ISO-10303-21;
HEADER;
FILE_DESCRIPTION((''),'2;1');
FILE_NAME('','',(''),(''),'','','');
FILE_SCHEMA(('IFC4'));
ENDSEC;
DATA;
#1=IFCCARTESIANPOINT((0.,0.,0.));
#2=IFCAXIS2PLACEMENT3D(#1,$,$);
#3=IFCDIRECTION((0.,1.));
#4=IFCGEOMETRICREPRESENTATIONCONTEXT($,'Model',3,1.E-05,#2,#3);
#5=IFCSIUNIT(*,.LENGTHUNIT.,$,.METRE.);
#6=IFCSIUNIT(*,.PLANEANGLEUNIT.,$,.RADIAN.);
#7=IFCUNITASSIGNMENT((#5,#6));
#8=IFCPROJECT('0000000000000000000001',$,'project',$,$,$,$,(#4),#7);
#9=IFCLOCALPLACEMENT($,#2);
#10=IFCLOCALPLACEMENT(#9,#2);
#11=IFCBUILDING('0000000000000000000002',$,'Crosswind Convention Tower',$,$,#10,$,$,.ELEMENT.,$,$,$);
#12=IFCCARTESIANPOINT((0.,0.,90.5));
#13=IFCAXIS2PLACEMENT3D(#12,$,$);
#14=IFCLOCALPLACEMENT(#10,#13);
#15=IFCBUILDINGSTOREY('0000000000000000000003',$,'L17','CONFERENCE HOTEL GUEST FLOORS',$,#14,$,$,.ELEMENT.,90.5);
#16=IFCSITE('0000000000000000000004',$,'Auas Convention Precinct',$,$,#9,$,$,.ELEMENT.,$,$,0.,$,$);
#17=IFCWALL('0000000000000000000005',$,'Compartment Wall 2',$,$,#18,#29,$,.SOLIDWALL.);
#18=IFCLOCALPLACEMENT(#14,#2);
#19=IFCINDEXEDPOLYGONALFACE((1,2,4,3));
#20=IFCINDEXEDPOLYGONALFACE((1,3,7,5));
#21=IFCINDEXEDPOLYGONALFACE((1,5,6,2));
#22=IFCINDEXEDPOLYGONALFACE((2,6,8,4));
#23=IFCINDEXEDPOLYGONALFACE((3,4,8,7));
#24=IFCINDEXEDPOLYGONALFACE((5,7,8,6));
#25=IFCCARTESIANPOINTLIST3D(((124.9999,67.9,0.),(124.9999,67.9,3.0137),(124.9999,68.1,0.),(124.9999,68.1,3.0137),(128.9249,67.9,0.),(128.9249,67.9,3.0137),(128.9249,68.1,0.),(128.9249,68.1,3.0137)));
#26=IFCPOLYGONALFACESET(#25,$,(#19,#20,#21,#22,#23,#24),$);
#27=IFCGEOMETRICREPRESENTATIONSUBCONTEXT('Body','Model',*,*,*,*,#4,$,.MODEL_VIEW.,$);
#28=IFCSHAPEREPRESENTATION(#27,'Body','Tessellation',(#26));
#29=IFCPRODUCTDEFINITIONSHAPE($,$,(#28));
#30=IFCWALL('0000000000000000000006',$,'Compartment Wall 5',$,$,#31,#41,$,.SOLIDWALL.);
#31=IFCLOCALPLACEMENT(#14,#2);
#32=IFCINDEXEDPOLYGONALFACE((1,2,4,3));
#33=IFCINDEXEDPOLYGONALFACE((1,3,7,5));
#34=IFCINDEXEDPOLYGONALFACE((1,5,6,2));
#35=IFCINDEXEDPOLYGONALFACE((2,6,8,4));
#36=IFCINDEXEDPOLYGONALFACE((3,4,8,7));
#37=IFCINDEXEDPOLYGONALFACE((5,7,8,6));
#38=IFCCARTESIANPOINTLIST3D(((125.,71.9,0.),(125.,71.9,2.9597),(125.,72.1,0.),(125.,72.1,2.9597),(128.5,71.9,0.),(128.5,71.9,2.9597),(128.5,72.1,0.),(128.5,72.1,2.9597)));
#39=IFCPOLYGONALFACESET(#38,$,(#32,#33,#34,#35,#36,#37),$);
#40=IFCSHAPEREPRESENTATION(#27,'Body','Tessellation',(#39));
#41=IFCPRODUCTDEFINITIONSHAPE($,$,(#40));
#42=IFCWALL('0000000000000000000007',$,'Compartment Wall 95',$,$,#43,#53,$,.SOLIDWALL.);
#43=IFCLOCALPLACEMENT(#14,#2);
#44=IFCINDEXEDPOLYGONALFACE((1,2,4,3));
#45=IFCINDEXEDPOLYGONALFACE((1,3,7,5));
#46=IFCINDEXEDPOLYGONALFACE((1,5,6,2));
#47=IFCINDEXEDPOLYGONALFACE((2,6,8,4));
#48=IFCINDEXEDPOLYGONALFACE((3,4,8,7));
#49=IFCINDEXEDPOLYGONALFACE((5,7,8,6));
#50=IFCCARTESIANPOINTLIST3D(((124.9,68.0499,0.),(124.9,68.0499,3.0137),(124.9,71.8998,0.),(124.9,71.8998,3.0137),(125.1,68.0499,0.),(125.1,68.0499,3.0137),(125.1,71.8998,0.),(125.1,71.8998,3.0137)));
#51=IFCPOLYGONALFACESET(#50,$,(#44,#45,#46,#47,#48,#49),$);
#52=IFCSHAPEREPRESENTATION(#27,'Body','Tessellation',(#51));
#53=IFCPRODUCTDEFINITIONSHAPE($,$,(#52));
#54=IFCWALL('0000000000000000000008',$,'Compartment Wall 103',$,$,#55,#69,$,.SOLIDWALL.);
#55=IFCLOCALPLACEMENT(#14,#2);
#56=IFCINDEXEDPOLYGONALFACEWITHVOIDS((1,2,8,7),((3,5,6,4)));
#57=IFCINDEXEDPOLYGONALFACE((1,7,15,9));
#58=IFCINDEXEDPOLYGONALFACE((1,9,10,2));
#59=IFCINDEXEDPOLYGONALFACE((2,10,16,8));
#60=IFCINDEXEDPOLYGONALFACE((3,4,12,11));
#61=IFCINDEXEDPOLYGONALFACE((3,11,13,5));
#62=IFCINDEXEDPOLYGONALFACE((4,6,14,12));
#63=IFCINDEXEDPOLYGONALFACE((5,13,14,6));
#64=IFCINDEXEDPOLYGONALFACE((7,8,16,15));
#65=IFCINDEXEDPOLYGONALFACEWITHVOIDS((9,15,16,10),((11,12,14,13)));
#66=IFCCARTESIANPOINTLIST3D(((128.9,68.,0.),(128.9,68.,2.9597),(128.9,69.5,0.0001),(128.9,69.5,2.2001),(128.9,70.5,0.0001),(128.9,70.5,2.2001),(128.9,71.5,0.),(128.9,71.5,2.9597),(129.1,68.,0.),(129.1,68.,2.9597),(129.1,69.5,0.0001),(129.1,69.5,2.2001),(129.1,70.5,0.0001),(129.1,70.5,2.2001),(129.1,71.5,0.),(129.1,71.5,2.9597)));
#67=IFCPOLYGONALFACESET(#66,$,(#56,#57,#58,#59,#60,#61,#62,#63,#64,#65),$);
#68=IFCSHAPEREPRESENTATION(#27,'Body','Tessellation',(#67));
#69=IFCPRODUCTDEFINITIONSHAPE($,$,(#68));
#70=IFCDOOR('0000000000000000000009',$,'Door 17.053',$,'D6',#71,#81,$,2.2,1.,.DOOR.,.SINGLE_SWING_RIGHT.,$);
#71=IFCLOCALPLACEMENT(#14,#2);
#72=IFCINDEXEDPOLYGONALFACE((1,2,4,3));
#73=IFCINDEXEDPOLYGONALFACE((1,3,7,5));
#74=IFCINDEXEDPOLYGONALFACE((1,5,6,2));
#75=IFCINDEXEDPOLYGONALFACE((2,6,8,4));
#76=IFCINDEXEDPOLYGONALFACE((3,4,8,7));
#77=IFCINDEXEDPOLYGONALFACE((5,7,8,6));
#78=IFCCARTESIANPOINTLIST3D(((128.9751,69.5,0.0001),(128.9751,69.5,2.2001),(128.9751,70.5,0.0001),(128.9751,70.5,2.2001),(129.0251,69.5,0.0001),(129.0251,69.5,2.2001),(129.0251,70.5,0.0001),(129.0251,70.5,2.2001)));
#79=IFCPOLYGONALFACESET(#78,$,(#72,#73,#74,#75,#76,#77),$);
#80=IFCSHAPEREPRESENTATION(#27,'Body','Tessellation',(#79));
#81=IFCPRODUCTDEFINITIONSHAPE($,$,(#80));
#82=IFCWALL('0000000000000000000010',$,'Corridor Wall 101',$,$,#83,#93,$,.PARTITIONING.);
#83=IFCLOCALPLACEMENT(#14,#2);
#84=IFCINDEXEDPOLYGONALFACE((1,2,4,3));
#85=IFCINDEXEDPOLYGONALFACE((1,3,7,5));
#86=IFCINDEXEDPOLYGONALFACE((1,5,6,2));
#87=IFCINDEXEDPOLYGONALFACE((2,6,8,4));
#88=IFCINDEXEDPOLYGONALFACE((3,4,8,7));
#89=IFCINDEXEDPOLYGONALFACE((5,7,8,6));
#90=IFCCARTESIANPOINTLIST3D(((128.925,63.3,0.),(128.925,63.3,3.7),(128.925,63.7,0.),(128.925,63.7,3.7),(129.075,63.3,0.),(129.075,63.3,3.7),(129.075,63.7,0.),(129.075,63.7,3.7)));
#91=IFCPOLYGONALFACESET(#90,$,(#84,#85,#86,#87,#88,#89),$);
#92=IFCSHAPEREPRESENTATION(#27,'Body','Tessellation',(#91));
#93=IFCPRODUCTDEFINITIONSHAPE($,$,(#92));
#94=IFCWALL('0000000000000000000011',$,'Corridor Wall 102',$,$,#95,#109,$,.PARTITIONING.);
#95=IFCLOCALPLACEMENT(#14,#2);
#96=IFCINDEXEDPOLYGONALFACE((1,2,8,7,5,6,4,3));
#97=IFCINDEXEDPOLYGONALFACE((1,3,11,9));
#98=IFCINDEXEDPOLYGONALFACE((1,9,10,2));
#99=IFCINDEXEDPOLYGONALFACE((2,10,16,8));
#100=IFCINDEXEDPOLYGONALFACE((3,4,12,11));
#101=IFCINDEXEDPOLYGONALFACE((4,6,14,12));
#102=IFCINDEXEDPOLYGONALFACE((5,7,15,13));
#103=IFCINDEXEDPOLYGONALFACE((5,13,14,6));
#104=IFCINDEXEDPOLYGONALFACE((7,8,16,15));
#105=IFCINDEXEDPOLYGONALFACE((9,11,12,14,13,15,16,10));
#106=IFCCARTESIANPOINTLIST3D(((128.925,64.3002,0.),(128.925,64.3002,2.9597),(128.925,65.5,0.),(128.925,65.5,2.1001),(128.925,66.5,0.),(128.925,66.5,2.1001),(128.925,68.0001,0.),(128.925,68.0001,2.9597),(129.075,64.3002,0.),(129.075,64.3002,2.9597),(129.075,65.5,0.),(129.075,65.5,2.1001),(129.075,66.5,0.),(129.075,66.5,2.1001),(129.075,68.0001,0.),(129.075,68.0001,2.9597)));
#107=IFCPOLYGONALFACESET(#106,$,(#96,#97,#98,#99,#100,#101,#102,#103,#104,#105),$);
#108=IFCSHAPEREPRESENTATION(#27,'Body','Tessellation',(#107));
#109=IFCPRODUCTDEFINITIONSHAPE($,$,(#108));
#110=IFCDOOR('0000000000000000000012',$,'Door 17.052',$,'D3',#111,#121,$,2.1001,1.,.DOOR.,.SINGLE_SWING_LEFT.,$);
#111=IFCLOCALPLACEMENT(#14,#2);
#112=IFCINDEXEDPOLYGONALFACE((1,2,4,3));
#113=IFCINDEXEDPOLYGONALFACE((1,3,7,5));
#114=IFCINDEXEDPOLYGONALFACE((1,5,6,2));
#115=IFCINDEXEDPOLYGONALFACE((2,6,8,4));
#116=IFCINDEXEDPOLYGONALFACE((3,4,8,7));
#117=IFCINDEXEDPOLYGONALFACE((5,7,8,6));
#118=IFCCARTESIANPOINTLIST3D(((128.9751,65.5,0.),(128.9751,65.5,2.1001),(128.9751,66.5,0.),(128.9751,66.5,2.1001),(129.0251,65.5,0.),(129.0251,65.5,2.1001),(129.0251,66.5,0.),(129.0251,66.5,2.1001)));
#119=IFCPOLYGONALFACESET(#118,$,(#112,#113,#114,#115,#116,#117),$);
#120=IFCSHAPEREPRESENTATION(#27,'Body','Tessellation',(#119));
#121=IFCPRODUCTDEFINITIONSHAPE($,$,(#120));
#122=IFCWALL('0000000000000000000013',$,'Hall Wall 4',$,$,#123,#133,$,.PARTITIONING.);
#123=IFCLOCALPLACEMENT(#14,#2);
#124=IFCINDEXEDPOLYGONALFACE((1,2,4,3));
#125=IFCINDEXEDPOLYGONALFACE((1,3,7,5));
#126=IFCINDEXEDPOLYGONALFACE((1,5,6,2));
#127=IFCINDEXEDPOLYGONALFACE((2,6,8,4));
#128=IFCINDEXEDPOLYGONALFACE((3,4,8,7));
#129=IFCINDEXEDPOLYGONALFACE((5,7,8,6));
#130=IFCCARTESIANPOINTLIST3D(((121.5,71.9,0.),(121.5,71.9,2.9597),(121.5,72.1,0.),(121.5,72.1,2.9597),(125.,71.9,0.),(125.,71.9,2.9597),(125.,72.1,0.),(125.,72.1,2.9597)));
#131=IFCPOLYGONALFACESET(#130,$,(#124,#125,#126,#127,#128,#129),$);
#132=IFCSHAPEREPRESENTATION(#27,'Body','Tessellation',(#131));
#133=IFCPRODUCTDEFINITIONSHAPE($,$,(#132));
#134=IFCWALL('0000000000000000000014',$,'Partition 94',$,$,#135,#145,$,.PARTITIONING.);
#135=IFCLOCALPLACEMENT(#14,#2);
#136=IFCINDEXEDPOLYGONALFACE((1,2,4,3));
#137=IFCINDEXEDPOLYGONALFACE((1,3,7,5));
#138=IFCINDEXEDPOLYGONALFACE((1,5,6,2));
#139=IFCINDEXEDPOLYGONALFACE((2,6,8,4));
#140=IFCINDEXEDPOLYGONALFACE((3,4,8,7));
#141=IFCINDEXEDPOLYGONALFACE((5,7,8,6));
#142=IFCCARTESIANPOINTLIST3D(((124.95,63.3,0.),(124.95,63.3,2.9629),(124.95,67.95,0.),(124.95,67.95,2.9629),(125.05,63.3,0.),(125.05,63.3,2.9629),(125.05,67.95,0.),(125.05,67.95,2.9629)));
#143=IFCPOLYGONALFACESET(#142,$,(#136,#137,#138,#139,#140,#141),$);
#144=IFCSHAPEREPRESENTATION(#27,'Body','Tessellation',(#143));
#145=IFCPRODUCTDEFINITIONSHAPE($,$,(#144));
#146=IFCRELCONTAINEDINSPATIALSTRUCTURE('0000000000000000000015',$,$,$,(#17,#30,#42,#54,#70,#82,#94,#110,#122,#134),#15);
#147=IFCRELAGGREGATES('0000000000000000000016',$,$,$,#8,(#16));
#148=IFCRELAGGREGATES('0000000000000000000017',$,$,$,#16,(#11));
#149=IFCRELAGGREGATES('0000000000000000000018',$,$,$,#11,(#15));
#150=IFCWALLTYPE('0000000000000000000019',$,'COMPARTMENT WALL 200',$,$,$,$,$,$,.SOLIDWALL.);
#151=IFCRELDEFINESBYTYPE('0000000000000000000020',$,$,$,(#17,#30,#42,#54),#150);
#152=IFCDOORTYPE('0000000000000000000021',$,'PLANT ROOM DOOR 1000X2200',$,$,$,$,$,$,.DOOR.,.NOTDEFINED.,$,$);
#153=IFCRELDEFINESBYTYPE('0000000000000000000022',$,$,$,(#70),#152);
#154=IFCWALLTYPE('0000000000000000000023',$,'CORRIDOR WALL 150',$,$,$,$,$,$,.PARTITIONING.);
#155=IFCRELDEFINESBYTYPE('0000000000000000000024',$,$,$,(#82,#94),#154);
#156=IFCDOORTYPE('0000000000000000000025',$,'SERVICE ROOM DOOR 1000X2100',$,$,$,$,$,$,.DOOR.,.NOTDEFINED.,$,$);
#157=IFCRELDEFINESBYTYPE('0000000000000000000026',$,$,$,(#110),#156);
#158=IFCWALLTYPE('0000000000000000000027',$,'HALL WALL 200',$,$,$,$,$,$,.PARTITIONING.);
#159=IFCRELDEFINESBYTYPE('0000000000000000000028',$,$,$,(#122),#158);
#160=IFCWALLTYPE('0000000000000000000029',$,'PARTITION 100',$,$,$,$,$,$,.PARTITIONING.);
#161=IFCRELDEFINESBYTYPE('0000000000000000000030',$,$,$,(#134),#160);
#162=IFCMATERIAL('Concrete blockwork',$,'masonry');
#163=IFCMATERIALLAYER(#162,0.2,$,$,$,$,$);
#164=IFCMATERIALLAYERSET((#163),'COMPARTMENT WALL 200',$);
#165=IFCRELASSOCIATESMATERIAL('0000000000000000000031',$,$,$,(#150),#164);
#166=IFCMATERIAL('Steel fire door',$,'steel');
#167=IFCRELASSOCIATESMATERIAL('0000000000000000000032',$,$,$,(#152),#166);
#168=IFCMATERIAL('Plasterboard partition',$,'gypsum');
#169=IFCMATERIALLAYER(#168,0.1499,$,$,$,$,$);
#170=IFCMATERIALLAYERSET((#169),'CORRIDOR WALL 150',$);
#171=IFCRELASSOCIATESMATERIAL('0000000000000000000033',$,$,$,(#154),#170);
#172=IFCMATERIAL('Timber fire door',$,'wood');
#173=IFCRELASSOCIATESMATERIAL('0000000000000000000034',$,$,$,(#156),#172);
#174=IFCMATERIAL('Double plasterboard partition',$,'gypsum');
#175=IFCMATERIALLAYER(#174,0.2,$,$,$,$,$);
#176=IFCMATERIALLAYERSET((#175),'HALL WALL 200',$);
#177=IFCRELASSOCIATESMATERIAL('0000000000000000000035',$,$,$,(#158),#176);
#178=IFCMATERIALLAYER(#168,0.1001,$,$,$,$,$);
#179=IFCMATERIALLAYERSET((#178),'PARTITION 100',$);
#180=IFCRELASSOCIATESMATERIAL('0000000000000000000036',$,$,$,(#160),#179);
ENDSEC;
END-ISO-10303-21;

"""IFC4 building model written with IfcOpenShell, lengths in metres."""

from ifc_helpers import new_model, si_unit, direction, frame, frame_2d, origin, place, context, subcontext, project, spatial, rectangle, extrude, material, layer, layer_set, type_object, element, fill, save


model = new_model("IFC4")

# Units and contexts
model_context = context("Model", 3, precision=1e-05, world=origin(), true_north=direction((0.0, 1.0)))
body_context = subcontext(model_context, "Body", "Model", "MODEL_VIEW")
ifc_project = project(units=[si_unit("LENGTHUNIT", "METRE"), si_unit("PLANEANGLEUNIT", "RADIAN")], contexts=[model_context])

# Site, building, storey
site_placement = place(None, origin())
site = spatial("IfcSite", under=ifc_project, at=site_placement, Name="Auas Convention Precinct", CompositionType="ELEMENT", RefElevation=0.0)
building_placement = place(site_placement, origin())
building = spatial("IfcBuilding", under=site, at=building_placement, Name="Crosswind Convention Tower", CompositionType="ELEMENT")
storey_placement = place(building_placement, frame((0.0, 0.0, 90.5)))
storey = spatial("IfcBuildingStorey", under=building, at=storey_placement, Name="L17", Description="CONFERENCE HOTEL GUEST FLOORS", CompositionType="ELEMENT", Elevation=90.5)

# Walls
ifc_material_1 = material(Name="Concrete blockwork", Category="masonry")
ifc_layer_1 = layer(ifc_material_1, 0.2)
ifc_layer_set_1 = layer_set([ifc_layer_1], Name="COMPARTMENT WALL 200")
wall_type_1 = type_object("IfcWallType", Name="COMPARTMENT WALL 200", PredefinedType="SOLIDWALL", material=ifc_layer_set_1)
wall_1_placement = place(storey_placement, frame((125.0, 68.0, 0.0), z_axis=(0.0, 0.0, 1.0), x_axis=(1.0, 0.0, 0.0)))
element("IfcWall", 1, at=wall_1_placement, inside=storey, type_object=wall_type_1, Name="Compartment Wall 2", PredefinedType="SOLIDWALL", context=body_context, shape_type="SweptSolid", body=[
    extrude(rectangle(XDim=3.925, YDim=0.2, at=frame_2d((1.9624, 0.0))), origin(), (0.0, 0.0, 1.0), 3.0137),
])
wall_2_placement = place(storey_placement, frame((125.0, 72.0, 0.0), z_axis=(0.0, 0.0, 1.0), x_axis=(1.0, 0.0, 0.0)))
element("IfcWall", 2, at=wall_2_placement, inside=storey, type_object=wall_type_1, Name="Compartment Wall 5", PredefinedType="SOLIDWALL", context=body_context, shape_type="SweptSolid", body=[
    extrude(rectangle(XDim=3.5, YDim=0.2, at=frame_2d((1.75, 0.0))), origin(), (0.0, 0.0, 1.0), 2.9597),
])
wall_3_placement = place(storey_placement, frame((125.0, 68.05, 0.0), z_axis=(0.0, 0.0, 1.0), x_axis=(0.0, 1.0, 0.0)))
element("IfcWall", 3, at=wall_3_placement, inside=storey, type_object=wall_type_1, Name="Compartment Wall 95", PredefinedType="SOLIDWALL", context=body_context, shape_type="SweptSolid", body=[
    extrude(rectangle(XDim=3.8499, YDim=0.2, at=frame_2d((1.9248, 0.0))), origin(), (0.0, 0.0, 1.0), 3.0137),
])

# Wall, opening, door
wall_4_placement = place(storey_placement, frame((129.0, 68.0, 0.0), z_axis=(0.0, 0.0, 1.0), x_axis=(0.0, 1.0, 0.0)))
wall_4 = element("IfcWall", 4, at=wall_4_placement, inside=storey, type_object=wall_type_1, Name="Compartment Wall 103", PredefinedType="SOLIDWALL", context=body_context, shape_type="SweptSolid", body=[
    extrude(rectangle(XDim=3.5, YDim=0.2, at=frame_2d((1.75, 0.0))), origin(), (0.0, 0.0, 1.0), 2.9597),
])
opening_1_placement = place(wall_4_placement, frame((1.5, 0.0, 0.0)))
opening_1 = element("IfcOpeningElement", 5, at=opening_1_placement, cuts=wall_4, PredefinedType="OPENING", context=body_context, shape_type="SweptSolid", body=[
    extrude(rectangle(XDim=1.0, YDim=2.2, at=frame_2d((0.5, 1.1001))), frame((0.0, 0.1099, 0.0), z_axis=(0.0, -1.0, 0.0), x_axis=(1.0, 0.0, 0.0)), (0.0, 0.0, 1.0), 0.22),
])
ifc_material_2 = material(Name="Steel fire door", Category="steel")
door_type_1 = type_object("IfcDoorType", Name="PLANT ROOM DOOR 1000X2200", OperationType="NOTDEFINED", PredefinedType="DOOR", material=ifc_material_2)
door_1_placement = place(opening_1_placement, origin())
door_1 = element("IfcDoor", 6, at=door_1_placement, inside=storey, type_object=door_type_1, Name="Door 17.053", ObjectType="D6", OperationType="SINGLE_SWING_RIGHT", OverallHeight=2.2, OverallWidth=1.0, PredefinedType="DOOR", context=body_context, shape_type="SweptSolid", body=[
    extrude(rectangle(XDim=1.0, YDim=2.2, at=frame_2d((0.5, 1.1001))), frame((0.0, 0.0249, 0.0), z_axis=(0.0, -1.0, 0.0), x_axis=(1.0, 0.0, 0.0)), (0.0, 0.0, 1.0), 0.05),
])
fill(opening_1, door_1)

# Wall
ifc_material_3 = material(Name="Plasterboard partition", Category="gypsum")
ifc_layer_2 = layer(ifc_material_3, 0.1499)
ifc_layer_set_2 = layer_set([ifc_layer_2], Name="CORRIDOR WALL 150")
wall_type_2 = type_object("IfcWallType", Name="CORRIDOR WALL 150", PredefinedType="PARTITIONING", material=ifc_layer_set_2)
wall_5_placement = place(storey_placement, frame((129.0, 63.3, 0.0), z_axis=(0.0, 0.0, 1.0), x_axis=(0.0, 1.0, 0.0)))
element("IfcWall", 7, at=wall_5_placement, inside=storey, type_object=wall_type_2, Name="Corridor Wall 101", PredefinedType="PARTITIONING", context=body_context, shape_type="SweptSolid", body=[
    extrude(rectangle(XDim=0.3999, YDim=0.1499, at=frame_2d((0.2, 0.0))), origin(), (0.0, 0.0, 1.0), 3.7),
])

# Wall, opening, door
wall_6_placement = place(storey_placement, frame((129.0, 64.3, 0.0), z_axis=(0.0, 0.0, 1.0), x_axis=(0.0, 1.0, 0.0)))
wall_6 = element("IfcWall", 8, at=wall_6_placement, inside=storey, type_object=wall_type_2, Name="Corridor Wall 102", PredefinedType="PARTITIONING", context=body_context, shape_type="SweptSolid", body=[
    extrude(rectangle(XDim=3.7, YDim=0.1499, at=frame_2d((1.8501, 0.0))), origin(), (0.0, 0.0, 1.0), 2.9597),
])
opening_2_placement = place(wall_6_placement, frame((1.2, 0.0, 0.0)))
opening_2 = element("IfcOpeningElement", 9, at=opening_2_placement, cuts=wall_6, PredefinedType="OPENING", context=body_context, shape_type="SweptSolid", body=[
    extrude(rectangle(XDim=1.0, YDim=2.1001, at=frame_2d((0.5, 1.05))), frame((0.0, 0.085, 0.0), z_axis=(0.0, -1.0, 0.0), x_axis=(1.0, 0.0, 0.0)), (0.0, 0.0, 1.0), 0.1699),
])
ifc_material_4 = material(Name="Timber fire door", Category="wood")
door_type_2 = type_object("IfcDoorType", Name="SERVICE ROOM DOOR 1000X2100", OperationType="NOTDEFINED", PredefinedType="DOOR", material=ifc_material_4)
door_2_placement = place(opening_2_placement, origin())
door_2 = element("IfcDoor", 10, at=door_2_placement, inside=storey, type_object=door_type_2, Name="Door 17.052", ObjectType="D3", OperationType="SINGLE_SWING_LEFT", OverallHeight=2.1001, OverallWidth=1.0, PredefinedType="DOOR", context=body_context, shape_type="SweptSolid", body=[
    extrude(rectangle(XDim=1.0, YDim=2.1001, at=frame_2d((0.5, 1.05))), frame((0.0, 0.0249, 0.0), z_axis=(0.0, -1.0, 0.0), x_axis=(1.0, 0.0, 0.0)), (0.0, 0.0, 1.0), 0.05),
])
fill(opening_2, door_2)

# Walls
ifc_material_5 = material(Name="Double plasterboard partition", Category="gypsum")
ifc_layer_3 = layer(ifc_material_5, 0.2)
ifc_layer_set_3 = layer_set([ifc_layer_3], Name="HALL WALL 200")
wall_type_3 = type_object("IfcWallType", Name="HALL WALL 200", PredefinedType="PARTITIONING", material=ifc_layer_set_3)
wall_7_placement = place(storey_placement, frame((121.5, 72.0, 0.0), z_axis=(0.0, 0.0, 1.0), x_axis=(1.0, 0.0, 0.0)))
element("IfcWall", 11, at=wall_7_placement, inside=storey, type_object=wall_type_3, Name="Hall Wall 4", PredefinedType="PARTITIONING", context=body_context, shape_type="SweptSolid", body=[
    extrude(rectangle(XDim=3.5, YDim=0.2, at=frame_2d((1.75, 0.0))), origin(), (0.0, 0.0, 1.0), 2.9597),
])
ifc_layer_4 = layer(ifc_material_3, 0.1001)
ifc_layer_set_4 = layer_set([ifc_layer_4], Name="PARTITION 100")
wall_type_4 = type_object("IfcWallType", Name="PARTITION 100", PredefinedType="PARTITIONING", material=ifc_layer_set_4)
wall_8_placement = place(storey_placement, frame((125.0, 63.3, 0.0), z_axis=(0.0, 0.0, 1.0), x_axis=(0.0, 1.0, 0.0)))
element("IfcWall", 12, at=wall_8_placement, inside=storey, type_object=wall_type_4, Name="Partition 94", PredefinedType="PARTITIONING", context=body_context, shape_type="SweptSolid", body=[
    extrude(rectangle(XDim=4.6499, YDim=0.1001, at=frame_2d((2.325, 0.0))), origin(), (0.0, 0.0, 1.0), 2.9629),
])

save(model, "model.ifc")
